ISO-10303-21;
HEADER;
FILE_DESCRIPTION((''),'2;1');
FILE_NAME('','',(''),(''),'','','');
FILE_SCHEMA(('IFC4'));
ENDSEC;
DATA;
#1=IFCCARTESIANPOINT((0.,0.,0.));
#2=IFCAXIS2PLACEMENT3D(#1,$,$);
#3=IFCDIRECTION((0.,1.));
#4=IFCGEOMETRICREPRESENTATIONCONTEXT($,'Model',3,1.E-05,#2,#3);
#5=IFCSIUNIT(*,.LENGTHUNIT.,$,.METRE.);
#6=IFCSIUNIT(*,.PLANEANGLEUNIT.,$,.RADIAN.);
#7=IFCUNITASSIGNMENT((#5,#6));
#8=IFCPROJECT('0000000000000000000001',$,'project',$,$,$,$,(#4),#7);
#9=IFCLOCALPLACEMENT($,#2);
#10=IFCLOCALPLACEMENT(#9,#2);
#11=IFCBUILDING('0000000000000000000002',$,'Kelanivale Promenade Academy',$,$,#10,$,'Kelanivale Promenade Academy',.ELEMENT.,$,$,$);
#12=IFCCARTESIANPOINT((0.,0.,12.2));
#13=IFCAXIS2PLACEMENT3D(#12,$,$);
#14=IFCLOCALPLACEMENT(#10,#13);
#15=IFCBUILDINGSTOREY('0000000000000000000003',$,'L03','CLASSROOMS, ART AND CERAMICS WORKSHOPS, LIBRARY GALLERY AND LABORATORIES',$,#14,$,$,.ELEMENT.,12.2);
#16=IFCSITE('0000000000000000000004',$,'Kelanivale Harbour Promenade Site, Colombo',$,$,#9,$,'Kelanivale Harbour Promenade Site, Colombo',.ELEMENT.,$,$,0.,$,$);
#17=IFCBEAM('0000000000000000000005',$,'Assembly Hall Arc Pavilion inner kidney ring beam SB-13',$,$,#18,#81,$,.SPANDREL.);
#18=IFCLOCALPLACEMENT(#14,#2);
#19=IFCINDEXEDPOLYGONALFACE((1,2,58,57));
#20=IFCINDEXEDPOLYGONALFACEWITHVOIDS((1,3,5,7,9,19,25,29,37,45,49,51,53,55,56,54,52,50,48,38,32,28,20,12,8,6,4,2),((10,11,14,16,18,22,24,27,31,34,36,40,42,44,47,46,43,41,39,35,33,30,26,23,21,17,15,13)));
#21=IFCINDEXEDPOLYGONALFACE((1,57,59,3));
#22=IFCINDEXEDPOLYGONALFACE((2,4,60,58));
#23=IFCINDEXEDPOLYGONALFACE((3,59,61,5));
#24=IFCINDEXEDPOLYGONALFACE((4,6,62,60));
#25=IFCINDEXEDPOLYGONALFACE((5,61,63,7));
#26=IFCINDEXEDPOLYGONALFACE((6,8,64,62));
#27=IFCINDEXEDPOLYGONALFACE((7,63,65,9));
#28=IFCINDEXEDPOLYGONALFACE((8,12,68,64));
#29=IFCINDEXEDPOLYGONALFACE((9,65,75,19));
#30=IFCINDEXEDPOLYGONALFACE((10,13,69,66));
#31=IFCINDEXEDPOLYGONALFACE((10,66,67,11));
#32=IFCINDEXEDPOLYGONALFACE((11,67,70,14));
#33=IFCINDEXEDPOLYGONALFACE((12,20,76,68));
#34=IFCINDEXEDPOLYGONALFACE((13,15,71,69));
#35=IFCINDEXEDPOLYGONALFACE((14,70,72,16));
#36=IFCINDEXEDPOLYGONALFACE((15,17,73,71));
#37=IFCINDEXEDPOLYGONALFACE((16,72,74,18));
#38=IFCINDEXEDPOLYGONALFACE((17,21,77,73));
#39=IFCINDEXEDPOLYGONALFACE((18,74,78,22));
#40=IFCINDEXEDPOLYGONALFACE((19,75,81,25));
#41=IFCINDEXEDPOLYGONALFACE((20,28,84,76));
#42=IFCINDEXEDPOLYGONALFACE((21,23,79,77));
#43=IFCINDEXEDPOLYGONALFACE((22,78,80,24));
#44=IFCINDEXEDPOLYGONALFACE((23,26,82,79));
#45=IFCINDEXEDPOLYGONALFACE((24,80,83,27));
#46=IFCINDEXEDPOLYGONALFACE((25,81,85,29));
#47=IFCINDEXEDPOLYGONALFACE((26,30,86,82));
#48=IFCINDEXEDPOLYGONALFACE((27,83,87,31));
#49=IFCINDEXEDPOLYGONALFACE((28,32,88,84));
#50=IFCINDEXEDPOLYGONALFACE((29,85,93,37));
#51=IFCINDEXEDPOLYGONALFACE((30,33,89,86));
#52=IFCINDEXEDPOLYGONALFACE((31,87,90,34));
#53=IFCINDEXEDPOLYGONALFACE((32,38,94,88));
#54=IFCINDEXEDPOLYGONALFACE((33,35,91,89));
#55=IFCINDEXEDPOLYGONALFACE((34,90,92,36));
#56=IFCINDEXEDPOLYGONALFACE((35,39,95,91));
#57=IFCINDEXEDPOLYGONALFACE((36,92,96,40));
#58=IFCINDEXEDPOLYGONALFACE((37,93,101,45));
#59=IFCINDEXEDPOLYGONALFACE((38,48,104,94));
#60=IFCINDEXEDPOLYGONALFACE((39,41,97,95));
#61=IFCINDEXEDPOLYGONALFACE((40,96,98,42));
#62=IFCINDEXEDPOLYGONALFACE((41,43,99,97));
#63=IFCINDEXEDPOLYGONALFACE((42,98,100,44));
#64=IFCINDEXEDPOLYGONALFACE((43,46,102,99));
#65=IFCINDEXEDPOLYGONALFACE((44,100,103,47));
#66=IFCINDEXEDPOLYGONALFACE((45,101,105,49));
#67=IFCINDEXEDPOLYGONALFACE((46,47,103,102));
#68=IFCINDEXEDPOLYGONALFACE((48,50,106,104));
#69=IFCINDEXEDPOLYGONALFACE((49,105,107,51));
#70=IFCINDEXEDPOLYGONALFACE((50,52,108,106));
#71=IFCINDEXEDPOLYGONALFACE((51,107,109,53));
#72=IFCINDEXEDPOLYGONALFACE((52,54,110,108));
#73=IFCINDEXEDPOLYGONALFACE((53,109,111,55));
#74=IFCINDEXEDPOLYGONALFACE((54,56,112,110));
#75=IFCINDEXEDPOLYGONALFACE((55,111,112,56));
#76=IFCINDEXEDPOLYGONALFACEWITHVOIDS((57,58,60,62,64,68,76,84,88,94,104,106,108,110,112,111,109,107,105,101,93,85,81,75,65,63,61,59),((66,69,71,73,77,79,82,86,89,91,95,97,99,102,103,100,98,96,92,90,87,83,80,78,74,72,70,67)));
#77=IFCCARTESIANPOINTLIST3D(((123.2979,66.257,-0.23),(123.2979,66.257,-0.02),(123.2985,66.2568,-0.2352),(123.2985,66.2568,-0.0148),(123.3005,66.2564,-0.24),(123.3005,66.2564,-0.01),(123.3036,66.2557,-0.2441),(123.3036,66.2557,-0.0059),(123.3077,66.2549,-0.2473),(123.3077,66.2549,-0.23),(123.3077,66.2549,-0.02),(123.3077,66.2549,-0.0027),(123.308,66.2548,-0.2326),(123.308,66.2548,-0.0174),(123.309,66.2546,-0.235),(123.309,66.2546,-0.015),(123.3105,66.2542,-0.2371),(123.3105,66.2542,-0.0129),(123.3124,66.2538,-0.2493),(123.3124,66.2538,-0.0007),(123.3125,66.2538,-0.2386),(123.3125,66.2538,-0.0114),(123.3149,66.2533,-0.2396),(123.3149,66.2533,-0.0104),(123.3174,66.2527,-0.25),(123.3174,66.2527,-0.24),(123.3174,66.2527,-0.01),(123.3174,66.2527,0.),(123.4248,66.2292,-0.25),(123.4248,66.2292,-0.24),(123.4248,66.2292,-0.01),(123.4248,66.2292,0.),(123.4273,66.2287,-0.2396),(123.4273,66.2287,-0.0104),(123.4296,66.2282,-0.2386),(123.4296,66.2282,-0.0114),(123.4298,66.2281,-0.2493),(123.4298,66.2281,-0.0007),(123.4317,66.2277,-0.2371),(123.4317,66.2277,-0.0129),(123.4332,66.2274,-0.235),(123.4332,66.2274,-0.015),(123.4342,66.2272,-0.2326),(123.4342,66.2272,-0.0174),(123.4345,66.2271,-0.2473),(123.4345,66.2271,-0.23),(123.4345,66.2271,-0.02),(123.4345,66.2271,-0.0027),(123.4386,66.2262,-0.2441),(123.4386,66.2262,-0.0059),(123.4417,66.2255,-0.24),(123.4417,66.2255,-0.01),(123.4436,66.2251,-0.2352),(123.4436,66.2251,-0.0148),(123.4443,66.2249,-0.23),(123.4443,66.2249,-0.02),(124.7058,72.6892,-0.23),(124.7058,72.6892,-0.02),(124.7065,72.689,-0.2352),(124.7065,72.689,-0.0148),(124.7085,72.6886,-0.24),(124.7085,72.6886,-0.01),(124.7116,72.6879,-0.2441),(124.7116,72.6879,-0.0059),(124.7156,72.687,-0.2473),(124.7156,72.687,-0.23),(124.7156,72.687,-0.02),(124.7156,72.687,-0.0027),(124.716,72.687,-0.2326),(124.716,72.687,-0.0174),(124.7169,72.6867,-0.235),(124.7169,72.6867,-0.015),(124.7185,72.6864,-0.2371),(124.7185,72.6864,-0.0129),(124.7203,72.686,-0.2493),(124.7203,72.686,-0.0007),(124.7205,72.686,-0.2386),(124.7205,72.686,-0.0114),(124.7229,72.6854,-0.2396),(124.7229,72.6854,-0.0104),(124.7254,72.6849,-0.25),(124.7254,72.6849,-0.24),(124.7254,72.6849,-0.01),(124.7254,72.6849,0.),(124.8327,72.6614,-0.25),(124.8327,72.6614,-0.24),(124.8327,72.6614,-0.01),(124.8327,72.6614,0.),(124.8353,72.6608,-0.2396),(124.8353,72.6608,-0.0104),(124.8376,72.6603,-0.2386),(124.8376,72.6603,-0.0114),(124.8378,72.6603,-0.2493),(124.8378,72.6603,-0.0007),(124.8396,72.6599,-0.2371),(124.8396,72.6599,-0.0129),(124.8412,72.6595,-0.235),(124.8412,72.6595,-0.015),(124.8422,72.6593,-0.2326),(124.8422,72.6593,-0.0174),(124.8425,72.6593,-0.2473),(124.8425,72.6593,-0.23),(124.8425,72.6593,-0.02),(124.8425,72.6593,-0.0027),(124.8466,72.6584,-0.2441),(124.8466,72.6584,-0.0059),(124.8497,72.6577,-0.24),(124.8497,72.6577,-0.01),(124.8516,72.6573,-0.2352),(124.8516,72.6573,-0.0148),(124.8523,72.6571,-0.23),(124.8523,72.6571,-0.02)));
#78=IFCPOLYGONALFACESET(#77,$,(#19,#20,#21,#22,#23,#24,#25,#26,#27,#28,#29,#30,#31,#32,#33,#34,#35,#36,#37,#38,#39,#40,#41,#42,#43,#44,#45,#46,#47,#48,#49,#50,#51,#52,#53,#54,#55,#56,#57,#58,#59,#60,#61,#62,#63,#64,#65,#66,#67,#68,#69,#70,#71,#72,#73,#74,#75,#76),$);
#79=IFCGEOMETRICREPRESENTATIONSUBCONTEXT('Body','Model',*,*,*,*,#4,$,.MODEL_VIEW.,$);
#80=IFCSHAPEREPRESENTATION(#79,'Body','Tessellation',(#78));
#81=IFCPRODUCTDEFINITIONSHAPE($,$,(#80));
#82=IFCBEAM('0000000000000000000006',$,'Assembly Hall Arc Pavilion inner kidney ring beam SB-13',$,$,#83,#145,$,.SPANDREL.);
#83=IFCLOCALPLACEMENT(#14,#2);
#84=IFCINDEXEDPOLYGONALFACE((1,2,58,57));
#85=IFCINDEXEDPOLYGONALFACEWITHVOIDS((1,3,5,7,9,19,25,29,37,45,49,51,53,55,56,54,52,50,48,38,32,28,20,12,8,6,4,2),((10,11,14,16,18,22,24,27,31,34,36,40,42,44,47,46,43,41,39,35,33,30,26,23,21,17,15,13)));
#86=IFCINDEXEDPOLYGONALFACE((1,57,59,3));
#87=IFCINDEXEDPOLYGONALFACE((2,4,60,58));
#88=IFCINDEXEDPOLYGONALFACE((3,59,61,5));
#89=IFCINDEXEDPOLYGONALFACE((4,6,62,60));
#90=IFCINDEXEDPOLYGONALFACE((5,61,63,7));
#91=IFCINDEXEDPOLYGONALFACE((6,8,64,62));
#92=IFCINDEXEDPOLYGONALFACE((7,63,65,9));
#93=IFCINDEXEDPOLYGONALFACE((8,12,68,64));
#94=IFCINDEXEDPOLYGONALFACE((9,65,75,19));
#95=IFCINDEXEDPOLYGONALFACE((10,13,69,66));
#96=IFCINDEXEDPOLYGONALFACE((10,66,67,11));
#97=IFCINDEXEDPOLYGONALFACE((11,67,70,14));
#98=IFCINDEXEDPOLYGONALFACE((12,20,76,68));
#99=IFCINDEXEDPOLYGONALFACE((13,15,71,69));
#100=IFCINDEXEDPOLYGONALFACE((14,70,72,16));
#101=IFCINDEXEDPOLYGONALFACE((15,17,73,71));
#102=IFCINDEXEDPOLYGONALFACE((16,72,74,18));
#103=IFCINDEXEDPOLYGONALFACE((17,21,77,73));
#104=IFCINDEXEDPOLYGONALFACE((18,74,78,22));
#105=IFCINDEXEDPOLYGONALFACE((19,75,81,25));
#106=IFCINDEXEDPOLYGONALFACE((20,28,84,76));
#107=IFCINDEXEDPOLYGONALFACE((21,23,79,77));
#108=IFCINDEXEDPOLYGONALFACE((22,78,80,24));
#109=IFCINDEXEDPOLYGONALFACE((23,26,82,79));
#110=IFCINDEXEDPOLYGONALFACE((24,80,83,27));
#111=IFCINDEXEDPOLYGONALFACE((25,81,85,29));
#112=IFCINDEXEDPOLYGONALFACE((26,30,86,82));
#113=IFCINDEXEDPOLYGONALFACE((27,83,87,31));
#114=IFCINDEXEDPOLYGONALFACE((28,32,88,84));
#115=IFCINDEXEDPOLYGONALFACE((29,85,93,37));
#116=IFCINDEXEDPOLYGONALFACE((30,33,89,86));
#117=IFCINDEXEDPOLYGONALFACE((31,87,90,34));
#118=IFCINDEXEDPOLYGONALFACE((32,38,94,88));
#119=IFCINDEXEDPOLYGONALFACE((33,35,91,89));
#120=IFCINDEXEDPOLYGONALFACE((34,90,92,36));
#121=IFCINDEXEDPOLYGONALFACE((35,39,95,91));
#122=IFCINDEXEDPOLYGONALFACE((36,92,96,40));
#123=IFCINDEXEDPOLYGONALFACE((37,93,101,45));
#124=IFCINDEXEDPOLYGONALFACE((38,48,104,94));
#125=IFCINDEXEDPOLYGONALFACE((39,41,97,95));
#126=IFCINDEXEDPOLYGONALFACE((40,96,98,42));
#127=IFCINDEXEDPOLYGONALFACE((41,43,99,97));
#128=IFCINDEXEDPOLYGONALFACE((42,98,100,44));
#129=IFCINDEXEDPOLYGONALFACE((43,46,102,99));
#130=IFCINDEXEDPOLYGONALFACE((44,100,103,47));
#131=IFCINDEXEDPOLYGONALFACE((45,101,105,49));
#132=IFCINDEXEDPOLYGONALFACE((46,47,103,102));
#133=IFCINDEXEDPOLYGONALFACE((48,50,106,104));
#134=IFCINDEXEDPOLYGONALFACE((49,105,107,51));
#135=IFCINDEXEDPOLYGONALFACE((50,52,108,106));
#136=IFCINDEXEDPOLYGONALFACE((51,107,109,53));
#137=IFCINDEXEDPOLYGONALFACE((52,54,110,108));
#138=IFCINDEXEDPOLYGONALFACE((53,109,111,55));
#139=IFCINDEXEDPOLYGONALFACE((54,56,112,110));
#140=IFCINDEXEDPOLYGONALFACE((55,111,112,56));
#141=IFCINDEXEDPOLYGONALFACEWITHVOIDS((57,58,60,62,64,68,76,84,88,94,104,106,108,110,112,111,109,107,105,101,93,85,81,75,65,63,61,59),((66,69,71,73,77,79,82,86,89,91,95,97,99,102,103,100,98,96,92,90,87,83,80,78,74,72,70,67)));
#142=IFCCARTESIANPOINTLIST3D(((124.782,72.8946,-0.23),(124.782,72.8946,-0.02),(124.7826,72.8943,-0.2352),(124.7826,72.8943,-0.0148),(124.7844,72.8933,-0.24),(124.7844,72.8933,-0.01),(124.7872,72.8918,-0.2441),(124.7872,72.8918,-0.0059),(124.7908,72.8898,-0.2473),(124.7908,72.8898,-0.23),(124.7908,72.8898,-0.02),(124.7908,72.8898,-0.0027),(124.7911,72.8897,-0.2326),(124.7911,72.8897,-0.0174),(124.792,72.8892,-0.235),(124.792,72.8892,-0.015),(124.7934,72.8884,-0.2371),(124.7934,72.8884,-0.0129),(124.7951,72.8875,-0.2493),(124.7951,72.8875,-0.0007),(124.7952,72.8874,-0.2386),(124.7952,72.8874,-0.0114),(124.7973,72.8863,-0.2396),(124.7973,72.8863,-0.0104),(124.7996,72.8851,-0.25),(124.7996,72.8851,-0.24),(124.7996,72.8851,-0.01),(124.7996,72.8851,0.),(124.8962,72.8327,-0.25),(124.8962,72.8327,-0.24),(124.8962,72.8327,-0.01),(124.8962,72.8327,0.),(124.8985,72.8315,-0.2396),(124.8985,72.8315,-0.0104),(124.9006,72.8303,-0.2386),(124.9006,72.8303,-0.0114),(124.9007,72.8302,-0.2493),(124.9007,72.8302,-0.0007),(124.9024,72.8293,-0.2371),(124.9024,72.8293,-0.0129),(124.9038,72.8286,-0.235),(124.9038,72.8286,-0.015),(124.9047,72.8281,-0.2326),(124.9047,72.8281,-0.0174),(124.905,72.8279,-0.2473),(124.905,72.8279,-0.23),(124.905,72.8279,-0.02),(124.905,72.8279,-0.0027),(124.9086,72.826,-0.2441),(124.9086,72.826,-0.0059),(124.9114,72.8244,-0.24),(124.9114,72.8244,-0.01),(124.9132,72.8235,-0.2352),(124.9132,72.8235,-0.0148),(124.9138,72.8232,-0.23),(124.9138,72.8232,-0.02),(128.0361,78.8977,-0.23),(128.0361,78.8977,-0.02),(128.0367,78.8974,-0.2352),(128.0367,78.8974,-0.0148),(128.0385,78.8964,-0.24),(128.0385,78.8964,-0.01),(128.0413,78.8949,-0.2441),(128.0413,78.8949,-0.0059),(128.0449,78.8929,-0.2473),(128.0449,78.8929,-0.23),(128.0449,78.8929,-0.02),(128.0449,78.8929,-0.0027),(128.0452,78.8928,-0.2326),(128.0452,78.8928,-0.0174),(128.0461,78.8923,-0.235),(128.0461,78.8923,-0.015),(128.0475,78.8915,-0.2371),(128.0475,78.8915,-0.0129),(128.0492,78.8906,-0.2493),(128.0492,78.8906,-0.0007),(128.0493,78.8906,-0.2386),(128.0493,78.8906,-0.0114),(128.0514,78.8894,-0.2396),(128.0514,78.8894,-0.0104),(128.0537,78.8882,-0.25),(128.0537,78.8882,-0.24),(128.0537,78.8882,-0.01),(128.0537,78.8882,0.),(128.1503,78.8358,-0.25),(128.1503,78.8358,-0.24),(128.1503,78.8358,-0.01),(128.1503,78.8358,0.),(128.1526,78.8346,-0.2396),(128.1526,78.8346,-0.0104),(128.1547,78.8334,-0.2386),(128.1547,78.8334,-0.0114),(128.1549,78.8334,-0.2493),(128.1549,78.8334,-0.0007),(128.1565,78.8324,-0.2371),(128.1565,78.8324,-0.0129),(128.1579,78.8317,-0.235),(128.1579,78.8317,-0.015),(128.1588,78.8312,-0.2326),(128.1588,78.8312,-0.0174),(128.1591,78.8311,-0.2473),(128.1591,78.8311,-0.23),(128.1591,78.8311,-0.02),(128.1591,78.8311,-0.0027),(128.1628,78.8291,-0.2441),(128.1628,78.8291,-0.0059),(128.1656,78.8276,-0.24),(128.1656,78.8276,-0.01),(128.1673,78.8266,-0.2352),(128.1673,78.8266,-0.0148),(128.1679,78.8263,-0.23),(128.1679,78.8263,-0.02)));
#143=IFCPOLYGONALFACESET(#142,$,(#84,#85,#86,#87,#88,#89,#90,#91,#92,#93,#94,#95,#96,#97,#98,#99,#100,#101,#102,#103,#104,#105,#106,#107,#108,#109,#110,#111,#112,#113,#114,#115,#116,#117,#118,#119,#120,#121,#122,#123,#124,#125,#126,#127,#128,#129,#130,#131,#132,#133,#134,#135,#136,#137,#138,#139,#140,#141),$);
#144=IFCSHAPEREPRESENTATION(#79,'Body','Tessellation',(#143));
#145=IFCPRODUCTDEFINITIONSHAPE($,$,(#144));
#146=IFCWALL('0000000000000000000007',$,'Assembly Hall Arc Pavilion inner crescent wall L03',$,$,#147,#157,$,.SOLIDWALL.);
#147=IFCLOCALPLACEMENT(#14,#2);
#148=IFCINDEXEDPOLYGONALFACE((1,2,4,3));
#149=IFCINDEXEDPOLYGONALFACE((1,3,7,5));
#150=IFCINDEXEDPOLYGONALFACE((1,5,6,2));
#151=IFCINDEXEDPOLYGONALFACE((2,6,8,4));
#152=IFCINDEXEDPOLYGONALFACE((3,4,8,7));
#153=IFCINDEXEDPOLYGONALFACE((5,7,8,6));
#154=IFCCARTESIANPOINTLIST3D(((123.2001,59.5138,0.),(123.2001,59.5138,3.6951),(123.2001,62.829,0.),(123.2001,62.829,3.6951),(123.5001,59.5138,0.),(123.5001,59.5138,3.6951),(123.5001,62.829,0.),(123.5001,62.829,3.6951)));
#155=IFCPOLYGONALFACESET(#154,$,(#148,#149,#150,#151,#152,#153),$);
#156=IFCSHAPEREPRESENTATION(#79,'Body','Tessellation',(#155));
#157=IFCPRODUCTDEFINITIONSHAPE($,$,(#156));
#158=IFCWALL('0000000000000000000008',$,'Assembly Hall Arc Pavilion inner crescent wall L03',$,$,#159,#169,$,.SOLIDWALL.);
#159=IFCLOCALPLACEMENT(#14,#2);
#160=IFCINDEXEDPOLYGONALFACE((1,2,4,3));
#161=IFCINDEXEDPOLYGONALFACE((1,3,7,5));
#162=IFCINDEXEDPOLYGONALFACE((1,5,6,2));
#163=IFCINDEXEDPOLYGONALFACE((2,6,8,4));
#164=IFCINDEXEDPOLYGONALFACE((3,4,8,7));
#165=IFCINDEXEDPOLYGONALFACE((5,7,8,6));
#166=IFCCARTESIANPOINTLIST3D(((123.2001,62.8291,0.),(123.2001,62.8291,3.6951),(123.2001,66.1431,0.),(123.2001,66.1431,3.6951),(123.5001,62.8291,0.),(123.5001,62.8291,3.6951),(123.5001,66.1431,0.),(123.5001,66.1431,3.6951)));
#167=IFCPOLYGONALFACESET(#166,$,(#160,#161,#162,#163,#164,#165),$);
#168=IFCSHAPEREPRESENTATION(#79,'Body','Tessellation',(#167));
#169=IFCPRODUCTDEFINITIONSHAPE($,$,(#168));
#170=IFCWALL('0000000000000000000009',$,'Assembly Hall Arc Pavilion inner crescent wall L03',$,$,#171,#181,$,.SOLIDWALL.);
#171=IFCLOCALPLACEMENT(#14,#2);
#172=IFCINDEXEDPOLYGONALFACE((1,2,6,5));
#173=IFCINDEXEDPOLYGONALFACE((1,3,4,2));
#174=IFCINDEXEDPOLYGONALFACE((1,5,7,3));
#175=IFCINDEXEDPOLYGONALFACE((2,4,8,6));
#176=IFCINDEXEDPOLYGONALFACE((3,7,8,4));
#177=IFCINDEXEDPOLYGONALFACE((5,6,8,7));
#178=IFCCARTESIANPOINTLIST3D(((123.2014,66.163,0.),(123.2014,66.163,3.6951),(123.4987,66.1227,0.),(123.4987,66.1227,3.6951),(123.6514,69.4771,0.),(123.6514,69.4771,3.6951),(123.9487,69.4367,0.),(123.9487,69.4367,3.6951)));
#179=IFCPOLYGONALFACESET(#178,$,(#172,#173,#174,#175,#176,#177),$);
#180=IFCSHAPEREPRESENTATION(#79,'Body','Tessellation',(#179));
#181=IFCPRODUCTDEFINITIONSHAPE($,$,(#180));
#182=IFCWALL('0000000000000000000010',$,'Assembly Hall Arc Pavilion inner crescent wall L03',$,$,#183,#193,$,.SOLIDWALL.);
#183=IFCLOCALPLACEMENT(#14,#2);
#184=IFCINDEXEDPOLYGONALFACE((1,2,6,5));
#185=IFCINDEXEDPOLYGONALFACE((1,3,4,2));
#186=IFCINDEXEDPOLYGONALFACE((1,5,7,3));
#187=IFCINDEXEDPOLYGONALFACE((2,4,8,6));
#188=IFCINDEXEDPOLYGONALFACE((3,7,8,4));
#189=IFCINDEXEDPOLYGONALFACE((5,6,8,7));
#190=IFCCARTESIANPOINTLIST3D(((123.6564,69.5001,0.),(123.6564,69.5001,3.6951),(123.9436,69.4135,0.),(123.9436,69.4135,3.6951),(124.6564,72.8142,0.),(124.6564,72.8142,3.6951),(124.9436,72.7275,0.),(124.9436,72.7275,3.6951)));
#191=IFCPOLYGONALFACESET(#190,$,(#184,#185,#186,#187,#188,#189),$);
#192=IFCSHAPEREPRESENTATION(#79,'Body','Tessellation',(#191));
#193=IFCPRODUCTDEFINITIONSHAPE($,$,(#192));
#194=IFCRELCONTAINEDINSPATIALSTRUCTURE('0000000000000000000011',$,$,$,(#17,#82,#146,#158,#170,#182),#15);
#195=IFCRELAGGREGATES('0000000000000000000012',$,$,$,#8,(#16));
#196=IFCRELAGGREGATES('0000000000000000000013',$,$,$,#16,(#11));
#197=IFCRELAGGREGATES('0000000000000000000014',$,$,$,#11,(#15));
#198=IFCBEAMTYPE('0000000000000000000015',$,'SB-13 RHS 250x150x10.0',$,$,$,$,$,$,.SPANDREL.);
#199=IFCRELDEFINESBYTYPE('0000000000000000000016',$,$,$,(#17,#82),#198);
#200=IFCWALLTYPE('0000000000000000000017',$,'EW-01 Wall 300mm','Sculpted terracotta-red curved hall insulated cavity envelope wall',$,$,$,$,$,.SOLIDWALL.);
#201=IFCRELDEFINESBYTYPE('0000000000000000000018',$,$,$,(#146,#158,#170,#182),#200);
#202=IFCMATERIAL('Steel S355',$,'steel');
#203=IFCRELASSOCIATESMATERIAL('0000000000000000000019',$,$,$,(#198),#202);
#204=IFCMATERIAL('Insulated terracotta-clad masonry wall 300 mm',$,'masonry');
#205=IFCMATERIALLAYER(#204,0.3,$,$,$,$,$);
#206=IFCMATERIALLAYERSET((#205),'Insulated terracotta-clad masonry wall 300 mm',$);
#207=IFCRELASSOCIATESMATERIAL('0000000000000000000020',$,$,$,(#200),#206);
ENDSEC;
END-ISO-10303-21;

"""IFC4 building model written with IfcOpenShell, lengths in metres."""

from ifc_helpers import new_model, si_unit, direction, frame, frame_2d, origin, origin_2d, place, context, subcontext, project, spatial, rectangle, hollow_rectangle, extrude, material, layer, layer_set, material_profile, profile_set, type_object, element, save


model = new_model("IFC4")

# Units and contexts
model_context = context("Model", 3, precision=1e-05, world=origin(), true_north=direction((0.0, 1.0)))
body_context = subcontext(model_context, "Body", "Model", "MODEL_VIEW")
ifc_project = project(units=[si_unit("LENGTHUNIT", "METRE"), si_unit("PLANEANGLEUNIT", "RADIAN")], contexts=[model_context])

# Site, building, storey
site_placement = place(None, origin())
site = spatial("IfcSite", under=ifc_project, at=site_placement, Name="Kelanivale Harbour Promenade Site, Colombo", LongName="Kelanivale Harbour Promenade Site, Colombo", CompositionType="ELEMENT", RefElevation=0.0)
building_placement = place(site_placement, origin())
building = spatial("IfcBuilding", under=site, at=building_placement, Name="Kelanivale Promenade Academy", LongName="Kelanivale Promenade Academy", CompositionType="ELEMENT")
storey_placement = place(building_placement, frame((0.0, 0.0, 12.2)))
storey = spatial("IfcBuildingStorey", under=building, at=storey_placement, Name="L03", Description="CLASSROOMS, ART AND CERAMICS WORKSHOPS, LIBRARY GALLERY AND LABORATORIES", CompositionType="ELEMENT", Elevation=12.2)

# Shared definitions
ifc_material_1 = material(Name="Steel S355", Category="steel")

# Beams
ifc_material_profile_1 = material_profile(ifc_material_1, hollow_rectangle(XDim=0.1499, YDim=0.25, WallThickness=0.01, InnerFilletRadius=0.01, OuterFilletRadius=0.02, at=origin_2d()), Name="RHS 250x150x10.0")
ifc_profile_set_1 = profile_set([ifc_material_profile_1], Name="Steel S355")
beam_type_1 = type_object("IfcBeamType", Name="SB-13 RHS 250x150x10.0", PredefinedType="SPANDREL", material=ifc_profile_set_1)
beam_1_placement = place(storey_placement, frame((123.3711, 66.241, -0.125), z_axis=(0.213832, 0.97687, 0.0), x_axis=(-0.97687, 0.213832, 0.0)))
element("IfcBeam", 1, at=beam_1_placement, inside=storey, type_object=beam_type_1, Name="Assembly Hall Arc Pavilion inner kidney ring beam SB-13", PredefinedType="SPANDREL", context=body_context, shape_type="SweptSolid", body=[
    extrude(hollow_rectangle(XDim=0.1499, YDim=0.25, WallThickness=0.01, InnerFilletRadius=0.01, OuterFilletRadius=0.02, at=origin_2d()), origin(), (0.0, 0.0, 1.0), 6.5845),
])
beam_2_placement = place(storey_placement, frame((124.8479, 72.8589, -0.125), z_axis=(0.476558, 0.879143, 0.0), x_axis=(-0.879143, 0.476558, 0.0)))
element("IfcBeam", 2, at=beam_2_placement, inside=storey, type_object=beam_type_1, Name="Assembly Hall Arc Pavilion inner kidney ring beam SB-13", PredefinedType="SPANDREL", context=body_context, shape_type="SweptSolid", body=[
    extrude(hollow_rectangle(XDim=0.1499, YDim=0.25, WallThickness=0.01, InnerFilletRadius=0.01, OuterFilletRadius=0.02, at=origin_2d()), origin(), (0.0, 0.0, 1.0), 6.8284),
])

# Walls
ifc_material_2 = material(Name="Insulated terracotta-clad masonry wall 300 mm", Category="masonry")
ifc_layer_1 = layer(ifc_material_2, 0.3)
ifc_layer_set_1 = layer_set([ifc_layer_1], Name="Insulated terracotta-clad masonry wall 300 mm")
wall_type_1 = type_object("IfcWallType", Name="EW-01 Wall 300mm", Description="Sculpted terracotta-red curved hall insulated cavity envelope wall", PredefinedType="SOLIDWALL", material=ifc_layer_set_1)
wall_1_placement = place(storey_placement, frame((123.3501, 62.8291, 0.0), z_axis=(0.0, 0.0, 1.0), x_axis=(0.0, -1.0, 0.0)))
element("IfcWall", 3, at=wall_1_placement, inside=storey, type_object=wall_type_1, Name="Assembly Hall Arc Pavilion inner crescent wall L03", PredefinedType="SOLIDWALL", context=body_context, shape_type="SweptSolid", body=[
    extrude(rectangle(XDim=3.3152, YDim=0.3, at=frame_2d((1.6577, 0.0))), origin(), (0.0, 0.0, 1.0), 3.6951),
])
wall_2_placement = place(storey_placement, frame((123.3501, 66.1431, 0.0), z_axis=(0.0, 0.0, 1.0), x_axis=(0.0, -1.0, 0.0)))
element("IfcWall", 4, at=wall_2_placement, inside=storey, type_object=wall_type_1, Name="Assembly Hall Arc Pavilion inner crescent wall L03", PredefinedType="SOLIDWALL", context=body_context, shape_type="SweptSolid", body=[
    extrude(rectangle(XDim=3.314, YDim=0.3, at=frame_2d((1.657, 0.0))), origin(), (0.0, 0.0, 1.0), 3.6951),
])
wall_3_placement = place(storey_placement, frame((123.8, 69.457, 0.0), z_axis=(0.0, 0.0, 1.0), x_axis=(-0.13454, -0.990908, 0.0)))
element("IfcWall", 5, at=wall_3_placement, inside=storey, type_object=wall_type_1, Name="Assembly Hall Arc Pavilion inner crescent wall L03", PredefinedType="SOLIDWALL", context=body_context, shape_type="SweptSolid", body=[
    extrude(rectangle(XDim=3.3445, YDim=0.3, at=frame_2d((1.6724, 0.0))), origin(), (0.0, 0.0, 1.0), 3.6951),
])
wall_4_placement = place(storey_placement, frame((124.8, 72.771, 0.0), z_axis=(0.0, 0.0, 1.0), x_axis=(-0.288888, -0.957363, 0.0)))
element("IfcWall", 6, at=wall_4_placement, inside=storey, type_object=wall_type_1, Name="Assembly Hall Arc Pavilion inner crescent wall L03", PredefinedType="SOLIDWALL", context=body_context, shape_type="SweptSolid", body=[
    extrude(rectangle(XDim=3.4617, YDim=0.3, at=frame_2d((1.731, 0.0))), origin(), (0.0, 0.0, 1.0), 3.6951),
])

save(model, "model.ifc")
